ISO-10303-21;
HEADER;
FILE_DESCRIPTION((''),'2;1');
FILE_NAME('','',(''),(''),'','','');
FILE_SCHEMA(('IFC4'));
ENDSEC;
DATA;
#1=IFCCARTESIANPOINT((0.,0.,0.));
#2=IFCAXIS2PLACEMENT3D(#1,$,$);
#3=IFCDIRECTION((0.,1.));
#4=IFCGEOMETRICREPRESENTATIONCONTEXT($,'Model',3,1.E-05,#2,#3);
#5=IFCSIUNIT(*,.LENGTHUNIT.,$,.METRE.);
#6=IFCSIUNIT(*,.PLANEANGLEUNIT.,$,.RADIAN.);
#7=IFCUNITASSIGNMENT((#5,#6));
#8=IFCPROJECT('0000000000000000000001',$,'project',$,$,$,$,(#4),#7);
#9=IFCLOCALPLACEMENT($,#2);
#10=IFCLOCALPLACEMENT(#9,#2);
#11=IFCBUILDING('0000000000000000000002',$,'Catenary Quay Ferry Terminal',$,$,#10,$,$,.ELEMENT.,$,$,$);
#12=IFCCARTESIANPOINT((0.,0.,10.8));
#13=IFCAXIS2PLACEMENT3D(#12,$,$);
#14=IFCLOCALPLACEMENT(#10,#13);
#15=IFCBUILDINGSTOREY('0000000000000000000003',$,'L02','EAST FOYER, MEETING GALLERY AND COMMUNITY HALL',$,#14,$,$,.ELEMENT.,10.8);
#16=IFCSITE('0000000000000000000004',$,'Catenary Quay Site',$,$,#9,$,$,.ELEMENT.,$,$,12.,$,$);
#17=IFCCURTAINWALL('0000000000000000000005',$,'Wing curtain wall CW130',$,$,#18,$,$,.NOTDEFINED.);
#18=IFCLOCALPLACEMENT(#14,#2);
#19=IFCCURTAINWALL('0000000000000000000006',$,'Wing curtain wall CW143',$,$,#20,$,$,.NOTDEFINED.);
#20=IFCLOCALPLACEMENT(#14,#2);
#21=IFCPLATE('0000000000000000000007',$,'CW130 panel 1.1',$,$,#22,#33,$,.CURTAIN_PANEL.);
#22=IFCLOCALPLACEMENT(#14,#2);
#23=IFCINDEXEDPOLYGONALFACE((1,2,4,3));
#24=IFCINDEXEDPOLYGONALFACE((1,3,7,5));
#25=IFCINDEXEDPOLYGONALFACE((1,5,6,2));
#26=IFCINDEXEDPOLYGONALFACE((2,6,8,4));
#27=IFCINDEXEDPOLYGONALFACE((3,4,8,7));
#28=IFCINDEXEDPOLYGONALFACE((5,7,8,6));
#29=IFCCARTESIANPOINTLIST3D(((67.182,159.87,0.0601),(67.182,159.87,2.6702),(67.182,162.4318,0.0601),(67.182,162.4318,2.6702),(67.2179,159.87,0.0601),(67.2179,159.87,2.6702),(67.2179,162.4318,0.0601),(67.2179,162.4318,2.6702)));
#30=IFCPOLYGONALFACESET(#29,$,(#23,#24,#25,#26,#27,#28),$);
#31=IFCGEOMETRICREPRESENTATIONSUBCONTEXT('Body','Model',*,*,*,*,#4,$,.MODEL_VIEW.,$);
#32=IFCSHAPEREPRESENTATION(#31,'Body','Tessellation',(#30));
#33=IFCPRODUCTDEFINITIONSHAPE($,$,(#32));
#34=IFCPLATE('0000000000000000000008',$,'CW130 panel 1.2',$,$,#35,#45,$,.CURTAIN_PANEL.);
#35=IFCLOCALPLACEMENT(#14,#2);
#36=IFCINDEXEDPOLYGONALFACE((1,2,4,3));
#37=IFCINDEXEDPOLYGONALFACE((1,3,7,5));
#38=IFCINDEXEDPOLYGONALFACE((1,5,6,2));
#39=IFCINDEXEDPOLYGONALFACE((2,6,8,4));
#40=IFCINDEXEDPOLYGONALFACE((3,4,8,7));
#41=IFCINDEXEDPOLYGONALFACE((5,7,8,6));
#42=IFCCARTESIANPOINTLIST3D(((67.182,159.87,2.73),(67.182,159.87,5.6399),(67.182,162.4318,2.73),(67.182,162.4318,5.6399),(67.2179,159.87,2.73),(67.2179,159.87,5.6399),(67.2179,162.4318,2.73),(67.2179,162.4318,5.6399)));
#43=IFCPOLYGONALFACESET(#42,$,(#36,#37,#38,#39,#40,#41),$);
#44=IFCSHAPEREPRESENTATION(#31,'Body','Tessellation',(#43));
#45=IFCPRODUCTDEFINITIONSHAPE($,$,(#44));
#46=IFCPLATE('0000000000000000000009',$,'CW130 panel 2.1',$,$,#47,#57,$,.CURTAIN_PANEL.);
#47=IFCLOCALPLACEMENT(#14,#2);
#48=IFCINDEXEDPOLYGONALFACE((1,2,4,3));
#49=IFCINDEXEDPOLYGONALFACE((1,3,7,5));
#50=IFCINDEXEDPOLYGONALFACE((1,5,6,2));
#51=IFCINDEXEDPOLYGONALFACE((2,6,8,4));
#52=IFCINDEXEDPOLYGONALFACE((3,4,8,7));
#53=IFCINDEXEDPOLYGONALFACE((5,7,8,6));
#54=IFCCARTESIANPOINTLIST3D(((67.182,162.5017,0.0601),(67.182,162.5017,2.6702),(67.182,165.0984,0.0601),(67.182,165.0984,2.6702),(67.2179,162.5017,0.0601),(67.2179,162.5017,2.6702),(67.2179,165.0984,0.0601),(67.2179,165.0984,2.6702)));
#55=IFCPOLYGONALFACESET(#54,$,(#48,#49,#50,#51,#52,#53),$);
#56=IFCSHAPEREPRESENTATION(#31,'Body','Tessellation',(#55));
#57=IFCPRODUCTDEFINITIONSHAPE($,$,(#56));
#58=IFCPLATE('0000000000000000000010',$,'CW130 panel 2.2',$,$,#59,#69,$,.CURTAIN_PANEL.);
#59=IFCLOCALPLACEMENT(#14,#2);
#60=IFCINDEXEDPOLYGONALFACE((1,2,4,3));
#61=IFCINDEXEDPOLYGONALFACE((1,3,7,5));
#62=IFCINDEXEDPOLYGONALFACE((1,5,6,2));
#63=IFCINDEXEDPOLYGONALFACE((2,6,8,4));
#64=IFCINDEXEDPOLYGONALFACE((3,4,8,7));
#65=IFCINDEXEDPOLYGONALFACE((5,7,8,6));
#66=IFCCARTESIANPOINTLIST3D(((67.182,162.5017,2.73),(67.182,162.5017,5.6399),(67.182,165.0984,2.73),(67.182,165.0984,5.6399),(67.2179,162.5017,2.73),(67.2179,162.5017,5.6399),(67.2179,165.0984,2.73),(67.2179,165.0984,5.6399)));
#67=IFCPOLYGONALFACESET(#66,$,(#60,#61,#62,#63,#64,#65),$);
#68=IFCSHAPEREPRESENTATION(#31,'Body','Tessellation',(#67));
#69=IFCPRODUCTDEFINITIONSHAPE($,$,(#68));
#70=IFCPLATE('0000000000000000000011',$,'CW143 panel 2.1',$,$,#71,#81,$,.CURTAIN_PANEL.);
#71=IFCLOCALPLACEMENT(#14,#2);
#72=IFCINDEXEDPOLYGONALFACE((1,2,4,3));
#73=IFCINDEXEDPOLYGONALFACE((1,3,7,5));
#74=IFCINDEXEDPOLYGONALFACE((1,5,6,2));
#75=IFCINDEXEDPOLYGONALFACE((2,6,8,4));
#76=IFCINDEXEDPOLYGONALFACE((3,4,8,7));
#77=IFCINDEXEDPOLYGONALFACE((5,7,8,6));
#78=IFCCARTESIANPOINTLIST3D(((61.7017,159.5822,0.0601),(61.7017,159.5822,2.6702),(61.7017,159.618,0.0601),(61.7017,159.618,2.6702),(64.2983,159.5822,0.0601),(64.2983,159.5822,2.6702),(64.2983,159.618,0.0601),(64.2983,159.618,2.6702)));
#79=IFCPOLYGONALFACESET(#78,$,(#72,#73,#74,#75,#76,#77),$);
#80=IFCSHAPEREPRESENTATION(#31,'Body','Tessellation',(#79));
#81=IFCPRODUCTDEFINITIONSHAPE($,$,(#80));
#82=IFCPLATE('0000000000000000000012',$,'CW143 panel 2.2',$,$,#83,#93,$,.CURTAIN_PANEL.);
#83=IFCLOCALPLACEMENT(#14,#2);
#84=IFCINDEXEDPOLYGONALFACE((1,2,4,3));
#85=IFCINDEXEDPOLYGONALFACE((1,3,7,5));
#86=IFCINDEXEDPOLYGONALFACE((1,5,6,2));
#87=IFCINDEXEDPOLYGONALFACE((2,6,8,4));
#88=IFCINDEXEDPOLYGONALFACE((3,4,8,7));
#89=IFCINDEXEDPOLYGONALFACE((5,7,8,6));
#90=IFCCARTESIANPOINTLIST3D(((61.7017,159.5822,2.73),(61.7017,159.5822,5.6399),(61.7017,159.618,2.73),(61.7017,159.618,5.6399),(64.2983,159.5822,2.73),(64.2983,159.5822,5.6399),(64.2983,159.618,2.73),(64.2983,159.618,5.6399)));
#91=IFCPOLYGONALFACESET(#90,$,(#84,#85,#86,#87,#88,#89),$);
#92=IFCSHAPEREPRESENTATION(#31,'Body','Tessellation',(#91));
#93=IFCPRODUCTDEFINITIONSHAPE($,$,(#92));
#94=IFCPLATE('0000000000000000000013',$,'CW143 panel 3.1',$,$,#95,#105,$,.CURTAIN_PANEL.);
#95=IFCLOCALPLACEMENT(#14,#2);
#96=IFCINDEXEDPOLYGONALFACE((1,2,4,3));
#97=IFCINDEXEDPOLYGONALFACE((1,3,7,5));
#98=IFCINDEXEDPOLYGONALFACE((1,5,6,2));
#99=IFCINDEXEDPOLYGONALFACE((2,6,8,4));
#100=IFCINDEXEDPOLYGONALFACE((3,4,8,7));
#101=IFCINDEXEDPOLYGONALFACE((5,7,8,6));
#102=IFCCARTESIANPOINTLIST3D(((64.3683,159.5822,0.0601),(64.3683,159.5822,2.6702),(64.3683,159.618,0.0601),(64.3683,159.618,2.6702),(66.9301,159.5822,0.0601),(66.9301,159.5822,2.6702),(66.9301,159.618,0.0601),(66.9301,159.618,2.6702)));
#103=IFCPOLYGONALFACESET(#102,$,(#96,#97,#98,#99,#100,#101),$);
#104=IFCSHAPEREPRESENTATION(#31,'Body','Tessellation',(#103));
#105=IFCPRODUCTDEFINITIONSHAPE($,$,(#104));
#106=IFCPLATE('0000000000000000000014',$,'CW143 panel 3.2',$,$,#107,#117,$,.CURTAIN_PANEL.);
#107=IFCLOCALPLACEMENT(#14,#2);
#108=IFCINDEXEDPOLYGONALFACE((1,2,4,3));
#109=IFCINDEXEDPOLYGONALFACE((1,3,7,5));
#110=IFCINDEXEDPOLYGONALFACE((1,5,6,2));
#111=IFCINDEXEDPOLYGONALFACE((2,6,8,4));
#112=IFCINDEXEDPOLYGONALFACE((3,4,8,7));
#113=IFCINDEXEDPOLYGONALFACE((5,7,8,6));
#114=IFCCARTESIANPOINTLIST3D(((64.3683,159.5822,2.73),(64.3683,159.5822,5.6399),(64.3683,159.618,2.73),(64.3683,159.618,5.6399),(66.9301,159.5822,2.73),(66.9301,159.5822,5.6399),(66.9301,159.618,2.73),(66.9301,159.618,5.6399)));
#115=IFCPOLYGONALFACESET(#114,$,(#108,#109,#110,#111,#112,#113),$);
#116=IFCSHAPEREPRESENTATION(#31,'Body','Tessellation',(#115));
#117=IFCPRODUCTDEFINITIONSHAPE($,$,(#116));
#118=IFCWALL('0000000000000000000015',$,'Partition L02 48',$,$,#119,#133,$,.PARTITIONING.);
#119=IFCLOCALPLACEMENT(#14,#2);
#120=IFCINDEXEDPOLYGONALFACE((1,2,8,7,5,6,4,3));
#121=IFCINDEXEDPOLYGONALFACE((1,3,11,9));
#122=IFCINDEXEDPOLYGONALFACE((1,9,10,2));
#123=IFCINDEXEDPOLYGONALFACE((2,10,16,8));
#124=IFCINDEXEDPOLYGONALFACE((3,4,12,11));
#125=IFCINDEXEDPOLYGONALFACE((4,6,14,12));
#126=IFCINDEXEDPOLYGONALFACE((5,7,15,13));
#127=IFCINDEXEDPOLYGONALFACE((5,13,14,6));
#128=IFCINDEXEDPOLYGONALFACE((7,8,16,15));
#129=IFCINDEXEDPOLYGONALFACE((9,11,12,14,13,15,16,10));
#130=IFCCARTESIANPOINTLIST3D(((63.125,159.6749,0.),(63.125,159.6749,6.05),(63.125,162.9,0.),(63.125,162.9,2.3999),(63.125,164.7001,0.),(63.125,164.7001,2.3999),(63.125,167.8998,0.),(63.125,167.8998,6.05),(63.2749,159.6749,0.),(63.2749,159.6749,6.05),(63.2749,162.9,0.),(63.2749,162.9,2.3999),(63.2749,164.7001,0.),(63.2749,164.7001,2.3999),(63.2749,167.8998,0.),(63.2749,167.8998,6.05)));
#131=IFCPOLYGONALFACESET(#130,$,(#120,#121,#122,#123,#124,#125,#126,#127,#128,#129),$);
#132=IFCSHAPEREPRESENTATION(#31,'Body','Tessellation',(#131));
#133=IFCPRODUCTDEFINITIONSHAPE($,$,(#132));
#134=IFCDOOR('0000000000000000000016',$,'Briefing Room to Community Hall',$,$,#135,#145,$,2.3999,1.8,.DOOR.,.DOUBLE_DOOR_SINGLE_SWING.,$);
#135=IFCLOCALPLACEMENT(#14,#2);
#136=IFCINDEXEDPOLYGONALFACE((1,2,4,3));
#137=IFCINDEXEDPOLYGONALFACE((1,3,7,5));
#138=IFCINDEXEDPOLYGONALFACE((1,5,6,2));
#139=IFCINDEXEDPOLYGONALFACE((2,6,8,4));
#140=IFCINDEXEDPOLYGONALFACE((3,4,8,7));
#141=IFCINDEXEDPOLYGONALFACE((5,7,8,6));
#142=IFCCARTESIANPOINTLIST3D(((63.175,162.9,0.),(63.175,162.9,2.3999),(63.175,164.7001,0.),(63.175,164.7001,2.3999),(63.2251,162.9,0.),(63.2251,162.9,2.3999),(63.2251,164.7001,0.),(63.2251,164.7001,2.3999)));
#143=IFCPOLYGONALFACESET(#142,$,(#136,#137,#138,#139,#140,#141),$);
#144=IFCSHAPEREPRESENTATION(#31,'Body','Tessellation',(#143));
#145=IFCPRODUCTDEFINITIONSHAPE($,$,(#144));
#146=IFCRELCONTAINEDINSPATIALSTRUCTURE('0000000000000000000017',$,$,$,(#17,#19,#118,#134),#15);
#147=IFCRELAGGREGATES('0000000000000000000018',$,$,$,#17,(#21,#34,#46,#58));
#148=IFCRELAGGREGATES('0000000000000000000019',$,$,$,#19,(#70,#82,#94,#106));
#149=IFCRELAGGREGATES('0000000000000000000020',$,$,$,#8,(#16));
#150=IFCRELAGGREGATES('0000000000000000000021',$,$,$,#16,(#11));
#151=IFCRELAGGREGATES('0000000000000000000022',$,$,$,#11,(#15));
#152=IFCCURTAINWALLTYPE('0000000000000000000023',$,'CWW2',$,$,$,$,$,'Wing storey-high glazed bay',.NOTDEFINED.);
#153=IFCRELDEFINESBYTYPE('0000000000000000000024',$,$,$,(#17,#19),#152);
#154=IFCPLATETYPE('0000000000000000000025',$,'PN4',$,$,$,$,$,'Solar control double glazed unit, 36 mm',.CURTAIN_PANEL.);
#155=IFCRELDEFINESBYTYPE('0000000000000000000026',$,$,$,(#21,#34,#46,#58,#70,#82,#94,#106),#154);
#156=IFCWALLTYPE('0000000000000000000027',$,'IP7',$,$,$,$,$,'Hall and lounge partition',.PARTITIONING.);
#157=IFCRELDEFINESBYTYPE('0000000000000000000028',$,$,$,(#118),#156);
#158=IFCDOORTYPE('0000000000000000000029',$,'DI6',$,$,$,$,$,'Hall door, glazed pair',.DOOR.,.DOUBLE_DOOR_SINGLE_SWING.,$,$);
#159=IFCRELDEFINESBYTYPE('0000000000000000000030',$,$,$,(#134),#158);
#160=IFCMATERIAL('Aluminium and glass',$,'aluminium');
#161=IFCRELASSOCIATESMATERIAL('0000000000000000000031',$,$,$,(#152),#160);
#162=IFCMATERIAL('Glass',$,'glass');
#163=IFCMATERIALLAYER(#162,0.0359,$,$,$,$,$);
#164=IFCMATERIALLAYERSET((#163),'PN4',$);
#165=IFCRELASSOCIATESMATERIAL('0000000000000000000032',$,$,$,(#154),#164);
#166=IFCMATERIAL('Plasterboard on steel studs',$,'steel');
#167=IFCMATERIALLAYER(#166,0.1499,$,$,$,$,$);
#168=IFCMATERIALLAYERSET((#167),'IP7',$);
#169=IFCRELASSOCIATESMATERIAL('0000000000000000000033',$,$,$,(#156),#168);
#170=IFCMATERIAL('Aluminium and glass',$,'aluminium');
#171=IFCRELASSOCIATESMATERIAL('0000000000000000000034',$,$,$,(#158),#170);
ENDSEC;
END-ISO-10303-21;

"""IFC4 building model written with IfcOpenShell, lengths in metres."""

from ifc_helpers import new_model, si_unit, direction, frame, frame_2d, origin, origin_2d, place, context, subcontext, project, spatial, rectangle, extrude, material, layer, layer_set, type_object, element, fill, aggregate, save


model = new_model("IFC4")

# Units and contexts
model_context = context("Model", 3, precision=1e-05, world=origin(), true_north=direction((0.0, 1.0)))
body_context = subcontext(model_context, "Body", "Model", "MODEL_VIEW")
ifc_project = project(units=[si_unit("LENGTHUNIT", "METRE"), si_unit("PLANEANGLEUNIT", "RADIAN")], contexts=[model_context])

# Site, building, storey
site_placement = place(None, origin())
site = spatial("IfcSite", under=ifc_project, at=site_placement, Name="Catenary Quay Site", CompositionType="ELEMENT", RefElevation=12.0)
building_placement = place(site_placement, origin())
building = spatial("IfcBuilding", under=site, at=building_placement, Name="Catenary Quay Ferry Terminal", CompositionType="ELEMENT")
storey_placement = place(building_placement, frame((0.0, 0.0, 10.8)))
storey = spatial("IfcBuildingStorey", under=building, at=storey_placement, Name="L02", Description="EAST FOYER, MEETING GALLERY AND COMMUNITY HALL", CompositionType="ELEMENT", Elevation=10.8)

# Curtain walls
ifc_material_1 = material(Name="Aluminium and glass", Category="aluminium")
curtain_wall_type = type_object("IfcCurtainWallType", Name="CWW2", ElementType="Wing storey-high glazed bay", PredefinedType="NOTDEFINED", material=ifc_material_1)
curtain_wall_1_placement = place(storey_placement, origin())
curtain_wall_1 = element("IfcCurtainWall", 1, at=curtain_wall_1_placement, inside=storey, type_object=curtain_wall_type, Name="Wing curtain wall CW130", PredefinedType="NOTDEFINED")
curtain_wall_2_placement = place(storey_placement, origin())
curtain_wall_2 = element("IfcCurtainWall", 2, at=curtain_wall_2_placement, inside=storey, type_object=curtain_wall_type, Name="Wing curtain wall CW143", PredefinedType="NOTDEFINED")

# Plates
ifc_material_2 = material(Name="Glass", Category="glass")
ifc_layer_1 = layer(ifc_material_2, 0.0359)
ifc_layer_set_1 = layer_set([ifc_layer_1], Name="PN4")
plate_type = type_object("IfcPlateType", Name="PN4", ElementType="Solar control double glazed unit, 36 mm", PredefinedType="CURTAIN_PANEL", material=ifc_layer_set_1)
plate_1_placement = place(storey_placement, frame((67.2, 161.1509, 0.0601), z_axis=(0.0, 0.0, 1.0), x_axis=(0.0, 1.0, 0.0)))
plate_1 = element("IfcPlate", 3, at=plate_1_placement, type_object=plate_type, Name="CW130 panel 1.1", PredefinedType="CURTAIN_PANEL", context=body_context, shape_type="SweptSolid", body=[
    extrude(rectangle(XDim=2.5618, YDim=0.0359, at=origin_2d()), origin(), (0.0, 0.0, 1.0), 2.6101),
])
plate_2_placement = place(storey_placement, frame((67.2, 161.1509, 2.73), z_axis=(0.0, 0.0, 1.0), x_axis=(0.0, 1.0, 0.0)))
plate_2 = element("IfcPlate", 4, at=plate_2_placement, type_object=plate_type, Name="CW130 panel 1.2", PredefinedType="CURTAIN_PANEL", context=body_context, shape_type="SweptSolid", body=[
    extrude(rectangle(XDim=2.5618, YDim=0.0359, at=origin_2d()), origin(), (0.0, 0.0, 1.0), 2.9099),
])
plate_3_placement = place(storey_placement, frame((67.2, 163.8, 0.0601), z_axis=(0.0, 0.0, 1.0), x_axis=(0.0, 1.0, 0.0)))
plate_3 = element("IfcPlate", 5, at=plate_3_placement, type_object=plate_type, Name="CW130 panel 2.1", PredefinedType="CURTAIN_PANEL", context=body_context, shape_type="SweptSolid", body=[
    extrude(rectangle(XDim=2.5967, YDim=0.0359, at=origin_2d()), origin(), (0.0, 0.0, 1.0), 2.6101),
])
plate_4_placement = place(storey_placement, frame((67.2, 163.8, 2.73), z_axis=(0.0, 0.0, 1.0), x_axis=(0.0, 1.0, 0.0)))
plate_4 = element("IfcPlate", 6, at=plate_4_placement, type_object=plate_type, Name="CW130 panel 2.2", PredefinedType="CURTAIN_PANEL", context=body_context, shape_type="SweptSolid", body=[
    extrude(rectangle(XDim=2.5967, YDim=0.0359, at=origin_2d()), origin(), (0.0, 0.0, 1.0), 2.9099),
])
aggregate(curtain_wall_1, [plate_1, plate_2, plate_3, plate_4])
plate_5_placement = place(storey_placement, frame((63.0, 159.6001, 0.0601), z_axis=(0.0, 0.0, 1.0), x_axis=(1.0, 0.0, 0.0)))
plate_5 = element("IfcPlate", 7, at=plate_5_placement, type_object=plate_type, Name="CW143 panel 2.1", PredefinedType="CURTAIN_PANEL", context=body_context, shape_type="SweptSolid", body=[
    extrude(rectangle(XDim=2.5967, YDim=0.0359, at=origin_2d()), origin(), (0.0, 0.0, 1.0), 2.6101),
])
plate_6_placement = place(storey_placement, frame((63.0, 159.6001, 2.73), z_axis=(0.0, 0.0, 1.0), x_axis=(1.0, 0.0, 0.0)))
plate_6 = element("IfcPlate", 8, at=plate_6_placement, type_object=plate_type, Name="CW143 panel 2.2", PredefinedType="CURTAIN_PANEL", context=body_context, shape_type="SweptSolid", body=[
    extrude(rectangle(XDim=2.5967, YDim=0.0359, at=origin_2d()), origin(), (0.0, 0.0, 1.0), 2.9099),
])
plate_7_placement = place(storey_placement, frame((65.6492, 159.6001, 0.0601), z_axis=(0.0, 0.0, 1.0), x_axis=(1.0, 0.0, 0.0)))
plate_7 = element("IfcPlate", 9, at=plate_7_placement, type_object=plate_type, Name="CW143 panel 3.1", PredefinedType="CURTAIN_PANEL", context=body_context, shape_type="SweptSolid", body=[
    extrude(rectangle(XDim=2.5618, YDim=0.0359, at=origin_2d()), origin(), (0.0, 0.0, 1.0), 2.6101),
])
plate_8_placement = place(storey_placement, frame((65.6492, 159.6001, 2.73), z_axis=(0.0, 0.0, 1.0), x_axis=(1.0, 0.0, 0.0)))
plate_8 = element("IfcPlate", 10, at=plate_8_placement, type_object=plate_type, Name="CW143 panel 3.2", PredefinedType="CURTAIN_PANEL", context=body_context, shape_type="SweptSolid", body=[
    extrude(rectangle(XDim=2.5618, YDim=0.0359, at=origin_2d()), origin(), (0.0, 0.0, 1.0), 2.9099),
])
aggregate(curtain_wall_2, [plate_5, plate_6, plate_7, plate_8])

# Wall, opening, door
ifc_material_3 = material(Name="Plasterboard on steel studs", Category="steel")
ifc_layer_2 = layer(ifc_material_3, 0.1499)
ifc_layer_set_2 = layer_set([ifc_layer_2], Name="IP7")
wall_type = type_object("IfcWallType", Name="IP7", ElementType="Hall and lounge partition", PredefinedType="PARTITIONING", material=ifc_layer_set_2)
wall_placement = place(storey_placement, frame((63.2, 159.675, 0.0), z_axis=(0.0, 0.0, 1.0), x_axis=(0.0, 1.0, 0.0)))
wall = element("IfcWall", 11, at=wall_placement, inside=storey, type_object=wall_type, Name="Partition L02 48", PredefinedType="PARTITIONING", context=body_context, shape_type="SweptSolid", body=[
    extrude(rectangle(XDim=8.2249, YDim=0.1499, at=frame_2d((4.1123, 0.0))), origin(), (0.0, 0.0, 1.0), 6.05),
])
opening_placement = place(wall_placement, frame((3.2251, 0.0, 0.0)))
opening = element("IfcOpeningElement", 12, at=opening_placement, cuts=wall, PredefinedType="OPENING", context=body_context, shape_type="SweptSolid", body=[
    extrude(rectangle(XDim=1.8, YDim=2.3999, at=frame_2d((0.8999, 1.2))), frame((0.0, 0.085, 0.0), z_axis=(0.0, -1.0, 0.0), x_axis=(1.0, 0.0, 0.0)), (0.0, 0.0, 1.0), 0.1699),
])
ifc_material_4 = material(Name="Aluminium and glass", Category="aluminium")
door_type = type_object("IfcDoorType", Name="DI6", ElementType="Hall door, glazed pair", OperationType="DOUBLE_DOOR_SINGLE_SWING", PredefinedType="DOOR", material=ifc_material_4)
door_placement = place(opening_placement, origin())
door = element("IfcDoor", 13, at=door_placement, inside=storey, type_object=door_type, Name="Briefing Room to Community Hall", OperationType="DOUBLE_DOOR_SINGLE_SWING", OverallHeight=2.3999, OverallWidth=1.8, PredefinedType="DOOR", context=body_context, shape_type="SweptSolid", body=[
    extrude(rectangle(XDim=1.8, YDim=2.3999, at=frame_2d((0.8999, 1.2))), frame((0.0, 0.0249, 0.0), z_axis=(0.0, -1.0, 0.0), x_axis=(1.0, 0.0, 0.0)), (0.0, 0.0, 1.0), 0.05),
])
fill(opening, door)

save(model, "model.ifc")
